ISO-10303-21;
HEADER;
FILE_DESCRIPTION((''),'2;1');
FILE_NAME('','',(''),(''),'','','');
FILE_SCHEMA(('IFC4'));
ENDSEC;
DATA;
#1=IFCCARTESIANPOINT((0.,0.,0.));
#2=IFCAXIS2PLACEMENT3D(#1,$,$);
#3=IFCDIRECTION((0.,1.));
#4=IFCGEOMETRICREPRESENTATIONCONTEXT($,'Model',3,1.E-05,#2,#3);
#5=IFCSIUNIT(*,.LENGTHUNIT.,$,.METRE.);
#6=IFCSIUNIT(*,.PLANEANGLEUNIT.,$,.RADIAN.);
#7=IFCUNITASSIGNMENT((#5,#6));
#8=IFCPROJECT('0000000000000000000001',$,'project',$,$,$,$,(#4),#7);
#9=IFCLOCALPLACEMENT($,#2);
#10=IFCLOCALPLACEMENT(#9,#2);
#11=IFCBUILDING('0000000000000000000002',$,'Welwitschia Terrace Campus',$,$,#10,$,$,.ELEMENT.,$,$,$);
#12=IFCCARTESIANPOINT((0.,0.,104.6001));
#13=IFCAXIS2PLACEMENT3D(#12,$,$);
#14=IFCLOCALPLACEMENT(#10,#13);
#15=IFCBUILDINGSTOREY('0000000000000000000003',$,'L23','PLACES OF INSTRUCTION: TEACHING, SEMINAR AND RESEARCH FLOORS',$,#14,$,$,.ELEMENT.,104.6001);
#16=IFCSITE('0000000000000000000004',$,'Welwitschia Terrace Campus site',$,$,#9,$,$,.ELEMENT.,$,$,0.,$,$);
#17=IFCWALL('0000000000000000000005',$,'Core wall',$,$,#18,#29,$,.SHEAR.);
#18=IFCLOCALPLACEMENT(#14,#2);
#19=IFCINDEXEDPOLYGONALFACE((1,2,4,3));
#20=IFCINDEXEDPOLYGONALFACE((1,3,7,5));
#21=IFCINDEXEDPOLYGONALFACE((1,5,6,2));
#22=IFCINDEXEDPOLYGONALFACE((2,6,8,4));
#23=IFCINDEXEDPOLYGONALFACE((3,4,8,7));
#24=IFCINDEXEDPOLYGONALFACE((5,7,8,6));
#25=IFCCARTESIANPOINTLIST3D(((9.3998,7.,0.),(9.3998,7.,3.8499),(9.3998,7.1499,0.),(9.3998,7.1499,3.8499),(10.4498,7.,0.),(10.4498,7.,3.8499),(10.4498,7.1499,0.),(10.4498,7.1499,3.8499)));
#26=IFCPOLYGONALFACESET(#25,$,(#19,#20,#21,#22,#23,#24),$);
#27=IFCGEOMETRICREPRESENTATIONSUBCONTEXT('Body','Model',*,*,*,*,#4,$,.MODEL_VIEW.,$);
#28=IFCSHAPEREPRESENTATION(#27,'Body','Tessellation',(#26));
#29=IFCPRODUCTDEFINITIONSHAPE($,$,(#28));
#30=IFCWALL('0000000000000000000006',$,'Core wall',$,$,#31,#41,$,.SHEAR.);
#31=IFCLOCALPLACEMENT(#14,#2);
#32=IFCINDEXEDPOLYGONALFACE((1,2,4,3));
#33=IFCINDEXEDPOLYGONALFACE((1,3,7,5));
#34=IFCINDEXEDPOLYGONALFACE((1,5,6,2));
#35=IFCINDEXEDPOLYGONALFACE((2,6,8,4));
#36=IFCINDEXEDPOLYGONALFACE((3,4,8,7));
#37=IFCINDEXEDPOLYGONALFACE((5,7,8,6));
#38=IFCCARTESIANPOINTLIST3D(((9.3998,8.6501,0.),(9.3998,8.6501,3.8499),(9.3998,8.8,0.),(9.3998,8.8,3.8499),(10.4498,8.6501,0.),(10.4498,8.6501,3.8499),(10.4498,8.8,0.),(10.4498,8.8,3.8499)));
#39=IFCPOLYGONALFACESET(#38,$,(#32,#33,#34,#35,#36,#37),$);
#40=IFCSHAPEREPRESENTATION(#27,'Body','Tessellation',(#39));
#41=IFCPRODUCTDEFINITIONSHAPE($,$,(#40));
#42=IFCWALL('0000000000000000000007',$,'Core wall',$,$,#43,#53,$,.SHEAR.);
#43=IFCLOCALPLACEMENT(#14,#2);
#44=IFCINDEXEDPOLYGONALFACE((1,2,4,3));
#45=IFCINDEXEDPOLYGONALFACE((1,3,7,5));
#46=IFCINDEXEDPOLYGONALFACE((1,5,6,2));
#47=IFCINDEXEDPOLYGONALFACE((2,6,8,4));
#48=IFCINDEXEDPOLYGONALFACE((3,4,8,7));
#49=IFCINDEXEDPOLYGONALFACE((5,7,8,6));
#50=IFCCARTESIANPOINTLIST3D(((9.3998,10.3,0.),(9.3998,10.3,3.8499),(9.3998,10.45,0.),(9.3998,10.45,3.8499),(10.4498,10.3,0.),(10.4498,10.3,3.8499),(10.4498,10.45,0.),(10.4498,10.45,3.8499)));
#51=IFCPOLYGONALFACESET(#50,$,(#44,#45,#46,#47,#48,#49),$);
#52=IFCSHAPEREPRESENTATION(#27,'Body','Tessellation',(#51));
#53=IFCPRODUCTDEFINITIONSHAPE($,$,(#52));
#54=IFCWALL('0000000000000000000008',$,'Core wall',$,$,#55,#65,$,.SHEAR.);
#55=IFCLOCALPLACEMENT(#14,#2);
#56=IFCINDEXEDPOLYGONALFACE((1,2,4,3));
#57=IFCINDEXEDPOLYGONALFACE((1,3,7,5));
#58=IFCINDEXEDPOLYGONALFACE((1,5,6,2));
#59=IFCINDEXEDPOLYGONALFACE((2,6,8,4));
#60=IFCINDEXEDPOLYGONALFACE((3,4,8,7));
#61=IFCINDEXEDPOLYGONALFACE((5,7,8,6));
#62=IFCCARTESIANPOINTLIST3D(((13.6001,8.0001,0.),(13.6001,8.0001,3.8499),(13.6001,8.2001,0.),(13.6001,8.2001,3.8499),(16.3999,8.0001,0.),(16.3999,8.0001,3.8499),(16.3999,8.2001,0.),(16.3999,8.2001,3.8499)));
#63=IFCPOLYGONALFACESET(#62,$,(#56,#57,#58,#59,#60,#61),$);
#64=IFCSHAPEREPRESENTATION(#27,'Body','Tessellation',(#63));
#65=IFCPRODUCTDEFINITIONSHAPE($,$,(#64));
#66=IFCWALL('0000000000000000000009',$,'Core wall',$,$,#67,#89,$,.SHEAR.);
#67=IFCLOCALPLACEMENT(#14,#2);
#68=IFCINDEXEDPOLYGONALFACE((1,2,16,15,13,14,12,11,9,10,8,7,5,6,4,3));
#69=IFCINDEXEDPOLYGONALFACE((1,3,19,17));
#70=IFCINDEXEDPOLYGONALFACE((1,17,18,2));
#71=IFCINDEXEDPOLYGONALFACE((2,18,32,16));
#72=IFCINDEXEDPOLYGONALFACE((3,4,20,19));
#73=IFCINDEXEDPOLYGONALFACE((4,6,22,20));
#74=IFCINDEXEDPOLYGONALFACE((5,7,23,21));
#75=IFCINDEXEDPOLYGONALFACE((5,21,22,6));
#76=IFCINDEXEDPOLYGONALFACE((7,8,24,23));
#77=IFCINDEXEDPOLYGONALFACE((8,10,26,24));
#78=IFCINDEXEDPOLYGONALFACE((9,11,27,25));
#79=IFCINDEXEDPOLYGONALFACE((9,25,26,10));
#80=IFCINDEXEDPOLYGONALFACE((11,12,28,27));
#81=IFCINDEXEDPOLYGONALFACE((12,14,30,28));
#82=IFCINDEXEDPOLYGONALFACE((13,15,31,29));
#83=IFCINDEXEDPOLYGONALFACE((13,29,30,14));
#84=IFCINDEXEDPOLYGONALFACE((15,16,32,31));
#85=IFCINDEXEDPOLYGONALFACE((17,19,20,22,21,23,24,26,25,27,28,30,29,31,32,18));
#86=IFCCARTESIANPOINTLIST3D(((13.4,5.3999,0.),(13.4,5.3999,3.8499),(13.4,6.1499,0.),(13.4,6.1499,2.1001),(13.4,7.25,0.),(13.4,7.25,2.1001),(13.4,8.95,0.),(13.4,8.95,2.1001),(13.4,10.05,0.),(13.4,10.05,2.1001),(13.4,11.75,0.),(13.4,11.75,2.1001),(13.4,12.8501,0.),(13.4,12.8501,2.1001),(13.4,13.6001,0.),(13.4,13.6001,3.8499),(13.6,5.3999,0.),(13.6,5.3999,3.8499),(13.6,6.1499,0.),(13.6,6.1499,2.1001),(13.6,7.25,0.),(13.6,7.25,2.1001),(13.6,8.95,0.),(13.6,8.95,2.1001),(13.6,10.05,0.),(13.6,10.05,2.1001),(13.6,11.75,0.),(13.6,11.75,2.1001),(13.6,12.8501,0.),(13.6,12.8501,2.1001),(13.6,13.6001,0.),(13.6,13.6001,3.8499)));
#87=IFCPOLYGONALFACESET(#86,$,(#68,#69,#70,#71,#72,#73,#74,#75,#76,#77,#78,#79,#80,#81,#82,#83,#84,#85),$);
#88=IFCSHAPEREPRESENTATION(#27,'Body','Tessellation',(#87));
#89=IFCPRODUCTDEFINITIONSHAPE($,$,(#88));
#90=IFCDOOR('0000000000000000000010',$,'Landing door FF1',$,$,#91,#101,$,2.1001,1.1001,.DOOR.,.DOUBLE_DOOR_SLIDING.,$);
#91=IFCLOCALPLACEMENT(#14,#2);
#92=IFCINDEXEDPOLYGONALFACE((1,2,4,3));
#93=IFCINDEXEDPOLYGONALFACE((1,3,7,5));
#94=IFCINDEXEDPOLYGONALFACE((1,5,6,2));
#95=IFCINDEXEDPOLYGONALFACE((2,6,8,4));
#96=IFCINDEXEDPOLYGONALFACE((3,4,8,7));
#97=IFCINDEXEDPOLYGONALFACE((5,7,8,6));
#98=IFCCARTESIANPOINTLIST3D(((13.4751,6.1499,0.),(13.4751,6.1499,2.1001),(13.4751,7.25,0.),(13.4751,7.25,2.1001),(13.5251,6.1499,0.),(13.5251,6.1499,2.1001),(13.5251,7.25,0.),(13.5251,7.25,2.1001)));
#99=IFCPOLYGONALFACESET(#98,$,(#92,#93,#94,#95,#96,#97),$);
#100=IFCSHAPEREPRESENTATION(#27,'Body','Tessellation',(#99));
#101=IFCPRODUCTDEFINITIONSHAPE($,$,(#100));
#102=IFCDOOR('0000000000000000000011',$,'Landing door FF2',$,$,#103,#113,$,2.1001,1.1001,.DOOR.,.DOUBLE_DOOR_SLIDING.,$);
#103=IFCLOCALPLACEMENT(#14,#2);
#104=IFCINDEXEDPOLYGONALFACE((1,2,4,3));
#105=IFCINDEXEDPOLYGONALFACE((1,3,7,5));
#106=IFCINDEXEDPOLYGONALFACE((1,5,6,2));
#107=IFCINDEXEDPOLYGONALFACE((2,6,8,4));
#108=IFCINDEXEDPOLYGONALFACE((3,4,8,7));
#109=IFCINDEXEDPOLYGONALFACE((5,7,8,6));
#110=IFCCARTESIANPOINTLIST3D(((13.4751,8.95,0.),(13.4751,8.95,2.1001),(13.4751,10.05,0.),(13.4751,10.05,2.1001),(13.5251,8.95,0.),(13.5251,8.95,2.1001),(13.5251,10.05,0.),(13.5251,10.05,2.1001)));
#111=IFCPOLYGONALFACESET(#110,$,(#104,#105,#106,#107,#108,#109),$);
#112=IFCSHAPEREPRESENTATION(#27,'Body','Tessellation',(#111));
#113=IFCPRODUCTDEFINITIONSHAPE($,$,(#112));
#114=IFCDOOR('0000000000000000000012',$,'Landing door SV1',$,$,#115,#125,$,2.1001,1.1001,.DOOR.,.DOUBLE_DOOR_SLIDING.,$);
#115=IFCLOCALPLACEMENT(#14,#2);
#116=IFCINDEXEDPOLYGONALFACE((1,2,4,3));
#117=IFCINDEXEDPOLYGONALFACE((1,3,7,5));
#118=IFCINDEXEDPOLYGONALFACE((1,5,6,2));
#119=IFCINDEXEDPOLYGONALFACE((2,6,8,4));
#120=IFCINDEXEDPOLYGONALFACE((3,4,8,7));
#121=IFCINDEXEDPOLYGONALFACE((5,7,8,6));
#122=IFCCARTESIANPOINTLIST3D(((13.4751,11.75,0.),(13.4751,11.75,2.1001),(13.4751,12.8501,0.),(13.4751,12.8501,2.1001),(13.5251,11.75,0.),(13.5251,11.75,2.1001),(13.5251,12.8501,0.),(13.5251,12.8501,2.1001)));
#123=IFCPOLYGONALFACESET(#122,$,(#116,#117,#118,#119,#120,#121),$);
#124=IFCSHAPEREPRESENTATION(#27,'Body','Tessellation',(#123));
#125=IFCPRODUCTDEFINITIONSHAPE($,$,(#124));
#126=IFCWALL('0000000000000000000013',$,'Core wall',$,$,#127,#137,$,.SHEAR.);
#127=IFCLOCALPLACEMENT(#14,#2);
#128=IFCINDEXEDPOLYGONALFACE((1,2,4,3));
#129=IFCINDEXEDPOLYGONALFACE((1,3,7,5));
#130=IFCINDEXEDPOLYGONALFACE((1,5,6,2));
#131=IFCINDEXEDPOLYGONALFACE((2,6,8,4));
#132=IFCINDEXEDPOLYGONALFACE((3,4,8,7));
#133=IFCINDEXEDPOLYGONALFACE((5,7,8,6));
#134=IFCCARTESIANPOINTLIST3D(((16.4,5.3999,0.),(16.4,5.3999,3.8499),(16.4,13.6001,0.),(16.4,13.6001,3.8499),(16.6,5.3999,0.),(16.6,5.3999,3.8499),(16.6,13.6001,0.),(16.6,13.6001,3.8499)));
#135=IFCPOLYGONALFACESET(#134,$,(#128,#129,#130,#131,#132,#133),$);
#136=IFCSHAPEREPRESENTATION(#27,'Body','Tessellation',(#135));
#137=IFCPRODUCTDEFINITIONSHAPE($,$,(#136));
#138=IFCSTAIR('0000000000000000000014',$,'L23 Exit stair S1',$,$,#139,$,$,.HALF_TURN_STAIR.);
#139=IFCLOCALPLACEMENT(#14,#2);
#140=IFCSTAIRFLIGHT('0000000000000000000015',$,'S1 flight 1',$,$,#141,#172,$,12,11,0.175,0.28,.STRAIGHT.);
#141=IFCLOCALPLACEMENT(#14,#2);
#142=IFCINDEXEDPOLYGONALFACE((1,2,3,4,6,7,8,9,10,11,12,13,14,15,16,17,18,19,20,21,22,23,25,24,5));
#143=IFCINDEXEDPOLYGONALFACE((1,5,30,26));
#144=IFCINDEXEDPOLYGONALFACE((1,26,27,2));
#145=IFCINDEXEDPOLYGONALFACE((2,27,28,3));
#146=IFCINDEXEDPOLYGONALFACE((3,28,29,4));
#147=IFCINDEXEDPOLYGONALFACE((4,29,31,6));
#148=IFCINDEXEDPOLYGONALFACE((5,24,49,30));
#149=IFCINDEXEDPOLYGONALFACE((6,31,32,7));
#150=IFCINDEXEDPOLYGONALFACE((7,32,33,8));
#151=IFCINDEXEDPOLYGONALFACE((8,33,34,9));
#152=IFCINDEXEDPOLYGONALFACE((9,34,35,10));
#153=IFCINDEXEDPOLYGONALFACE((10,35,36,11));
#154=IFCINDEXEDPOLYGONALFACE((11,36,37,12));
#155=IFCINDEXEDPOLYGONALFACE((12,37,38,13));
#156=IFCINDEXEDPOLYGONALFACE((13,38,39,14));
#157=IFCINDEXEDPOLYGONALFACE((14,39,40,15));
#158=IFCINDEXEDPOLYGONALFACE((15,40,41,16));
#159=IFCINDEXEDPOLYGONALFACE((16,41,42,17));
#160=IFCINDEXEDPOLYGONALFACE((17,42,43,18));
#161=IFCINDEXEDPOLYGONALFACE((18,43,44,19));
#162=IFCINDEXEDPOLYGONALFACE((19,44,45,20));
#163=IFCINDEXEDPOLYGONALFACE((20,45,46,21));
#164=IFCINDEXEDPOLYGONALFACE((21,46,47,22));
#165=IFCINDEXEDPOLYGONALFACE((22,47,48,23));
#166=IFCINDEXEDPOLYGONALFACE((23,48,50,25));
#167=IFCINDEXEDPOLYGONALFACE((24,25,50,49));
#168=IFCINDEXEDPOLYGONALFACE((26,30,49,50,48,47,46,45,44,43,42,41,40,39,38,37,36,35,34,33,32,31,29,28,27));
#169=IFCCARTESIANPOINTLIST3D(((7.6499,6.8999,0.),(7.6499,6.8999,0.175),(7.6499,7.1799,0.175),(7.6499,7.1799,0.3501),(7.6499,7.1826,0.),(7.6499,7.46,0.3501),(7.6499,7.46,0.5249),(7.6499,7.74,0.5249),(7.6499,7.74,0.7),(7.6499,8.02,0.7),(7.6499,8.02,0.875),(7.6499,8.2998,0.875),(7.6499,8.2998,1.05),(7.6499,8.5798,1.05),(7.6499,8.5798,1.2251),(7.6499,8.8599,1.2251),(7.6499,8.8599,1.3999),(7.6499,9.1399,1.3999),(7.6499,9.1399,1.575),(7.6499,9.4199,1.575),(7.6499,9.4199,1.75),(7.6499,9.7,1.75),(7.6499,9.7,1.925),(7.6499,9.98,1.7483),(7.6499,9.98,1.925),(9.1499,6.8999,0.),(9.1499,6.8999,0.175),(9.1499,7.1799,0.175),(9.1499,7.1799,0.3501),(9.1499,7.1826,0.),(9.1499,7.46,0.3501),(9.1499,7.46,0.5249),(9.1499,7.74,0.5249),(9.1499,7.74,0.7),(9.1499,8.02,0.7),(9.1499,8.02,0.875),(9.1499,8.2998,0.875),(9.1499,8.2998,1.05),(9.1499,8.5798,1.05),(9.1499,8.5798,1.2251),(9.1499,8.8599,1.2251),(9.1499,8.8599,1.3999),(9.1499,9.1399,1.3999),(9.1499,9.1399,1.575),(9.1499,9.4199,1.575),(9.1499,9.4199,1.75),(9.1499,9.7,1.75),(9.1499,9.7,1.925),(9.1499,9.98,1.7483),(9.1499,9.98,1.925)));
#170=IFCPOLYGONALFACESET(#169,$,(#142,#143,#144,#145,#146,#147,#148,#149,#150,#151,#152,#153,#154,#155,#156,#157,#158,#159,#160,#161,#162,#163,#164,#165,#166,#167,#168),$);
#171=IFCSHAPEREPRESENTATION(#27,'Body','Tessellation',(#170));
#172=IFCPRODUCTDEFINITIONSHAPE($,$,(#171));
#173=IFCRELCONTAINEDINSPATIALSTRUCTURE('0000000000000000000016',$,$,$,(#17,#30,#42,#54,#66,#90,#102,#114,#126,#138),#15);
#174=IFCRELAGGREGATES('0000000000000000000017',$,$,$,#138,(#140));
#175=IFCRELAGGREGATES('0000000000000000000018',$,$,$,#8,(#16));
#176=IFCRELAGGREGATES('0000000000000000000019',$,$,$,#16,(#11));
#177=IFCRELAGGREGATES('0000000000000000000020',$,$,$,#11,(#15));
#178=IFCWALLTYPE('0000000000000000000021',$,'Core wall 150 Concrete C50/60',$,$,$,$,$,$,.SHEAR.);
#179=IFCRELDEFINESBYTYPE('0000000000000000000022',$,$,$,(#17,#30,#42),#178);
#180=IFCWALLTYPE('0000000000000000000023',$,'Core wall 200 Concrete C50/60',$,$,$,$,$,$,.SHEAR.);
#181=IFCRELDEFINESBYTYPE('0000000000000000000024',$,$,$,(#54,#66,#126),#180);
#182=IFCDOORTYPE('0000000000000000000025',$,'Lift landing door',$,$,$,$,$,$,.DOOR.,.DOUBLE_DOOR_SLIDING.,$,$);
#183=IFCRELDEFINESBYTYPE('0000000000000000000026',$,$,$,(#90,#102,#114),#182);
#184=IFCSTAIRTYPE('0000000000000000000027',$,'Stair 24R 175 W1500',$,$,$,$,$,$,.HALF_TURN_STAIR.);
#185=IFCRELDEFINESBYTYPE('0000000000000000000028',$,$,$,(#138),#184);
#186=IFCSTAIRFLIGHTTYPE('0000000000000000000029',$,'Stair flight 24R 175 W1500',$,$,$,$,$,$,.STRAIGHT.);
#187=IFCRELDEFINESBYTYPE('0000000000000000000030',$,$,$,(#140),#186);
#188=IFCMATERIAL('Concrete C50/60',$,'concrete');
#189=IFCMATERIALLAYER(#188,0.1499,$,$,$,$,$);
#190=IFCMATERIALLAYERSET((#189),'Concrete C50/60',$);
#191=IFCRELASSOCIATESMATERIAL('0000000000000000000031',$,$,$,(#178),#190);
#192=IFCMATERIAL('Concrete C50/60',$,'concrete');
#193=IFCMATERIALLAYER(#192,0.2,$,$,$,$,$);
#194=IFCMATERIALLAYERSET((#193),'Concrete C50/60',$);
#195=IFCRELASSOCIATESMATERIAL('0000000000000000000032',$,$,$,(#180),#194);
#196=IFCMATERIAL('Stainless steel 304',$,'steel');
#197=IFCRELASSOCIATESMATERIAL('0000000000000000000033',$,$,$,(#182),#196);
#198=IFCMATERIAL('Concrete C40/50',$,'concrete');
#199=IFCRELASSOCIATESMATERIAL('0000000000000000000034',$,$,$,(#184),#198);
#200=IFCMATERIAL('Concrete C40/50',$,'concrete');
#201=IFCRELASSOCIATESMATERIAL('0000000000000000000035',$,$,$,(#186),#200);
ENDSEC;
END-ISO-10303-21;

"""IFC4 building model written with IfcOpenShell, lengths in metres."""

from ifc_helpers import new_model, si_unit, direction, frame, frame_2d, origin, place, context, subcontext, project, spatial, polyline, rectangle, outline, extrude, material, layer, layer_set, type_object, element, fill, aggregate, save


model = new_model("IFC4")

# Units and contexts
model_context = context("Model", 3, precision=1e-05, world=origin(), true_north=direction((0.0, 1.0)))
body_context = subcontext(model_context, "Body", "Model", "MODEL_VIEW")
ifc_project = project(units=[si_unit("LENGTHUNIT", "METRE"), si_unit("PLANEANGLEUNIT", "RADIAN")], contexts=[model_context])

# Site, building, storey
site_placement = place(None, origin())
site = spatial("IfcSite", under=ifc_project, at=site_placement, Name="Welwitschia Terrace Campus site", CompositionType="ELEMENT", RefElevation=0.0)
building_placement = place(site_placement, origin())
building = spatial("IfcBuilding", under=site, at=building_placement, Name="Welwitschia Terrace Campus", CompositionType="ELEMENT")
storey_placement = place(building_placement, frame((0.0, 0.0, 104.6001)))
storey = spatial("IfcBuildingStorey", under=building, at=storey_placement, Name="L23", Description="PLACES OF INSTRUCTION: TEACHING, SEMINAR AND RESEARCH FLOORS", CompositionType="ELEMENT", Elevation=104.6001)

# Walls
ifc_material_1 = material(Name="Concrete C50/60", Category="concrete")
ifc_layer_1 = layer(ifc_material_1, 0.1499)
ifc_layer_set_1 = layer_set([ifc_layer_1], Name="Concrete C50/60")
wall_type_1 = type_object("IfcWallType", Name="Core wall 150 Concrete C50/60", PredefinedType="SHEAR", material=ifc_layer_set_1)
for number, where, z_axis, x_axis, name in (
    (1, (9.3999, 7.075, 0.0), (0.0, 0.0, 1.0), (1.0, 0.0, 0.0), "Core wall"),
    (2, (9.3999, 8.7251, 0.0), (0.0, 0.0, 1.0), (1.0, 0.0, 0.0), "Core wall"),
    (3, (9.3999, 10.375, 0.0), (0.0, 0.0, 1.0), (1.0, 0.0, 0.0), "Core wall"),
):
    element("IfcWall", number, at=place(storey_placement, frame(where, z_axis=z_axis, x_axis=x_axis)), inside=storey, type_object=wall_type_1, Name=name, PredefinedType="SHEAR", context=body_context, shape_type="SweptSolid", body=[
        extrude(rectangle(XDim=1.05, YDim=0.1499, at=frame_2d((0.5249, 0.0))), origin(), (0.0, 0.0, 1.0), 3.8499),
    ])
ifc_material_2 = material(Name="Concrete C50/60", Category="concrete")
ifc_layer_2 = layer(ifc_material_2, 0.2)
ifc_layer_set_2 = layer_set([ifc_layer_2], Name="Concrete C50/60")
wall_type_2 = type_object("IfcWallType", Name="Core wall 200 Concrete C50/60", PredefinedType="SHEAR", material=ifc_layer_set_2)
wall_1_placement = place(storey_placement, frame((13.6001, 8.1001, 0.0), z_axis=(0.0, 0.0, 1.0), x_axis=(1.0, 0.0, 0.0)))
element("IfcWall", 4, at=wall_1_placement, inside=storey, type_object=wall_type_2, Name="Core wall", PredefinedType="SHEAR", context=body_context, shape_type="SweptSolid", body=[
    extrude(rectangle(XDim=2.7998, YDim=0.2, at=frame_2d((1.3999, 0.0))), origin(), (0.0, 0.0, 1.0), 3.8499),
])

# Wall, openings, doors
wall_2_placement = place(storey_placement, frame((13.5, 5.3999, 0.0), z_axis=(0.0, 0.0, 1.0), x_axis=(0.0, 1.0, 0.0)))
wall_2 = element("IfcWall", 5, at=wall_2_placement, inside=storey, type_object=wall_type_2, Name="Core wall", PredefinedType="SHEAR", context=body_context, shape_type="SweptSolid", body=[
    extrude(rectangle(XDim=8.2002, YDim=0.2, at=frame_2d((4.1001, 0.0))), origin(), (0.0, 0.0, 1.0), 3.8499),
])
opening_1_placement = place(wall_2_placement, frame((0.75, 0.0, 0.0)))
opening_1 = element("IfcOpeningElement", 6, at=opening_1_placement, cuts=wall_2, PredefinedType="OPENING", context=body_context, shape_type="SweptSolid", body=[
    extrude(rectangle(XDim=1.1001, YDim=2.1001, at=frame_2d((0.55, 1.05))), frame((0.0, 0.1099, 0.0), z_axis=(0.0, -1.0, 0.0), x_axis=(1.0, 0.0, 0.0)), (0.0, 0.0, 1.0), 0.22),
])
opening_2_placement = place(wall_2_placement, frame((3.55, 0.0, 0.0)))
opening_2 = element("IfcOpeningElement", 7, at=opening_2_placement, cuts=wall_2, PredefinedType="OPENING", context=body_context, shape_type="SweptSolid", body=[
    extrude(rectangle(XDim=1.1001, YDim=2.1001, at=frame_2d((0.55, 1.05))), frame((0.0, 0.1099, 0.0), z_axis=(0.0, -1.0, 0.0), x_axis=(1.0, 0.0, 0.0)), (0.0, 0.0, 1.0), 0.22),
])
opening_3_placement = place(wall_2_placement, frame((6.3501, 0.0, 0.0)))
opening_3 = element("IfcOpeningElement", 8, at=opening_3_placement, cuts=wall_2, PredefinedType="OPENING", context=body_context, shape_type="SweptSolid", body=[
    extrude(rectangle(XDim=1.1001, YDim=2.1001, at=frame_2d((0.55, 1.05))), frame((0.0, 0.1099, 0.0), z_axis=(0.0, -1.0, 0.0), x_axis=(1.0, 0.0, 0.0)), (0.0, 0.0, 1.0), 0.22),
])
ifc_material_3 = material(Name="Stainless steel 304", Category="steel")
door_type = type_object("IfcDoorType", Name="Lift landing door", OperationType="DOUBLE_DOOR_SLIDING", PredefinedType="DOOR", material=ifc_material_3)
door_1_placement = place(opening_1_placement, origin())
door_1 = element("IfcDoor", 9, at=door_1_placement, inside=storey, type_object=door_type, Name="Landing door FF1", OperationType="DOUBLE_DOOR_SLIDING", OverallHeight=2.1001, OverallWidth=1.1001, PredefinedType="DOOR", context=body_context, shape_type="SweptSolid", body=[
    extrude(rectangle(XDim=1.1001, YDim=2.1001, at=frame_2d((0.55, 1.05))), frame((0.0, 0.0249, 0.0), z_axis=(0.0, -1.0, 0.0), x_axis=(1.0, 0.0, 0.0)), (0.0, 0.0, 1.0), 0.05),
])
fill(opening_1, door_1)
door_2_placement = place(opening_2_placement, origin())
door_2 = element("IfcDoor", 10, at=door_2_placement, inside=storey, type_object=door_type, Name="Landing door FF2", OperationType="DOUBLE_DOOR_SLIDING", OverallHeight=2.1001, OverallWidth=1.1001, PredefinedType="DOOR", context=body_context, shape_type="SweptSolid", body=[
    extrude(rectangle(XDim=1.1001, YDim=2.1001, at=frame_2d((0.55, 1.05))), frame((0.0, 0.0249, 0.0), z_axis=(0.0, -1.0, 0.0), x_axis=(1.0, 0.0, 0.0)), (0.0, 0.0, 1.0), 0.05),
])
fill(opening_2, door_2)
door_3_placement = place(opening_3_placement, origin())
door_3 = element("IfcDoor", 11, at=door_3_placement, inside=storey, type_object=door_type, Name="Landing door SV1", OperationType="DOUBLE_DOOR_SLIDING", OverallHeight=2.1001, OverallWidth=1.1001, PredefinedType="DOOR", context=body_context, shape_type="SweptSolid", body=[
    extrude(rectangle(XDim=1.1001, YDim=2.1001, at=frame_2d((0.55, 1.05))), frame((0.0, 0.0249, 0.0), z_axis=(0.0, -1.0, 0.0), x_axis=(1.0, 0.0, 0.0)), (0.0, 0.0, 1.0), 0.05),
])
fill(opening_3, door_3)

# Wall
wall_3_placement = place(storey_placement, frame((16.5, 5.3999, 0.0), z_axis=(0.0, 0.0, 1.0), x_axis=(0.0, 1.0, 0.0)))
element("IfcWall", 12, at=wall_3_placement, inside=storey, type_object=wall_type_2, Name="Core wall", PredefinedType="SHEAR", context=body_context, shape_type="SweptSolid", body=[
    extrude(rectangle(XDim=8.2002, YDim=0.2, at=frame_2d((4.1001, 0.0))), origin(), (0.0, 0.0, 1.0), 3.8499),
])

# Stair, stair flight
ifc_material_4 = material(Name="Concrete C40/50", Category="concrete")
stair_type = type_object("IfcStairType", Name="Stair 24R 175 W1500", PredefinedType="HALF_TURN_STAIR", material=ifc_material_4)
stair_placement = place(storey_placement, origin())
stair = element("IfcStair", 13, at=stair_placement, inside=storey, type_object=stair_type, Name="L23 Exit stair S1", PredefinedType="HALF_TURN_STAIR")
ifc_material_5 = material(Name="Concrete C40/50", Category="concrete")
stair_flight_type = type_object("IfcStairFlightType", Name="Stair flight 24R 175 W1500", PredefinedType="STRAIGHT", material=ifc_material_5)
stair_flight_1_placement = place(storey_placement, frame((8.3999, 6.8999, 0.0), z_axis=(0.0, 0.0, 1.0), x_axis=(0.0, 1.0, 0.0)))
stair_flight_1 = element("IfcStairFlight", 14, at=stair_flight_1_placement, type_object=stair_flight_type, Name="S1 flight 1", NumberOfRisers=12, NumberOfTreads=11, PredefinedType="STRAIGHT", RiserHeight=0.175, TreadLength=0.28, context=body_context, shape_type="SweptSolid", body=[
    extrude(outline(polyline([(0.0, 0.0), (0.0, 0.175), (0.28, 0.175), (0.28, 0.3501), (0.5601, 0.3501), (0.5601, 0.5249), (0.8401, 0.5249), (0.8401, 0.7), (1.1201, 0.7), (1.1201, 0.875), (1.3999, 0.875), (1.3999, 1.05), (1.6799, 1.05), (1.6799, 1.2251), (1.96, 1.2251), (1.96, 1.3999), (2.24, 1.3999), (2.24, 1.575), (2.52, 1.575), (2.52, 1.75), (2.8, 1.75), (2.8, 1.925), (3.0801, 1.925), (3.0801, 2.1001), (3.0801, 1.7483), (0.2827, 0.0), (0.0, 0.0)])), frame((0.0, 0.75, 0.0), z_axis=(0.0, -1.0, 0.0), x_axis=(1.0, 0.0, 0.0)), (0.0, 0.0, 1.0), 1.5),
])
aggregate(stair, [stair_flight_1])

save(model, "model.ifc")
